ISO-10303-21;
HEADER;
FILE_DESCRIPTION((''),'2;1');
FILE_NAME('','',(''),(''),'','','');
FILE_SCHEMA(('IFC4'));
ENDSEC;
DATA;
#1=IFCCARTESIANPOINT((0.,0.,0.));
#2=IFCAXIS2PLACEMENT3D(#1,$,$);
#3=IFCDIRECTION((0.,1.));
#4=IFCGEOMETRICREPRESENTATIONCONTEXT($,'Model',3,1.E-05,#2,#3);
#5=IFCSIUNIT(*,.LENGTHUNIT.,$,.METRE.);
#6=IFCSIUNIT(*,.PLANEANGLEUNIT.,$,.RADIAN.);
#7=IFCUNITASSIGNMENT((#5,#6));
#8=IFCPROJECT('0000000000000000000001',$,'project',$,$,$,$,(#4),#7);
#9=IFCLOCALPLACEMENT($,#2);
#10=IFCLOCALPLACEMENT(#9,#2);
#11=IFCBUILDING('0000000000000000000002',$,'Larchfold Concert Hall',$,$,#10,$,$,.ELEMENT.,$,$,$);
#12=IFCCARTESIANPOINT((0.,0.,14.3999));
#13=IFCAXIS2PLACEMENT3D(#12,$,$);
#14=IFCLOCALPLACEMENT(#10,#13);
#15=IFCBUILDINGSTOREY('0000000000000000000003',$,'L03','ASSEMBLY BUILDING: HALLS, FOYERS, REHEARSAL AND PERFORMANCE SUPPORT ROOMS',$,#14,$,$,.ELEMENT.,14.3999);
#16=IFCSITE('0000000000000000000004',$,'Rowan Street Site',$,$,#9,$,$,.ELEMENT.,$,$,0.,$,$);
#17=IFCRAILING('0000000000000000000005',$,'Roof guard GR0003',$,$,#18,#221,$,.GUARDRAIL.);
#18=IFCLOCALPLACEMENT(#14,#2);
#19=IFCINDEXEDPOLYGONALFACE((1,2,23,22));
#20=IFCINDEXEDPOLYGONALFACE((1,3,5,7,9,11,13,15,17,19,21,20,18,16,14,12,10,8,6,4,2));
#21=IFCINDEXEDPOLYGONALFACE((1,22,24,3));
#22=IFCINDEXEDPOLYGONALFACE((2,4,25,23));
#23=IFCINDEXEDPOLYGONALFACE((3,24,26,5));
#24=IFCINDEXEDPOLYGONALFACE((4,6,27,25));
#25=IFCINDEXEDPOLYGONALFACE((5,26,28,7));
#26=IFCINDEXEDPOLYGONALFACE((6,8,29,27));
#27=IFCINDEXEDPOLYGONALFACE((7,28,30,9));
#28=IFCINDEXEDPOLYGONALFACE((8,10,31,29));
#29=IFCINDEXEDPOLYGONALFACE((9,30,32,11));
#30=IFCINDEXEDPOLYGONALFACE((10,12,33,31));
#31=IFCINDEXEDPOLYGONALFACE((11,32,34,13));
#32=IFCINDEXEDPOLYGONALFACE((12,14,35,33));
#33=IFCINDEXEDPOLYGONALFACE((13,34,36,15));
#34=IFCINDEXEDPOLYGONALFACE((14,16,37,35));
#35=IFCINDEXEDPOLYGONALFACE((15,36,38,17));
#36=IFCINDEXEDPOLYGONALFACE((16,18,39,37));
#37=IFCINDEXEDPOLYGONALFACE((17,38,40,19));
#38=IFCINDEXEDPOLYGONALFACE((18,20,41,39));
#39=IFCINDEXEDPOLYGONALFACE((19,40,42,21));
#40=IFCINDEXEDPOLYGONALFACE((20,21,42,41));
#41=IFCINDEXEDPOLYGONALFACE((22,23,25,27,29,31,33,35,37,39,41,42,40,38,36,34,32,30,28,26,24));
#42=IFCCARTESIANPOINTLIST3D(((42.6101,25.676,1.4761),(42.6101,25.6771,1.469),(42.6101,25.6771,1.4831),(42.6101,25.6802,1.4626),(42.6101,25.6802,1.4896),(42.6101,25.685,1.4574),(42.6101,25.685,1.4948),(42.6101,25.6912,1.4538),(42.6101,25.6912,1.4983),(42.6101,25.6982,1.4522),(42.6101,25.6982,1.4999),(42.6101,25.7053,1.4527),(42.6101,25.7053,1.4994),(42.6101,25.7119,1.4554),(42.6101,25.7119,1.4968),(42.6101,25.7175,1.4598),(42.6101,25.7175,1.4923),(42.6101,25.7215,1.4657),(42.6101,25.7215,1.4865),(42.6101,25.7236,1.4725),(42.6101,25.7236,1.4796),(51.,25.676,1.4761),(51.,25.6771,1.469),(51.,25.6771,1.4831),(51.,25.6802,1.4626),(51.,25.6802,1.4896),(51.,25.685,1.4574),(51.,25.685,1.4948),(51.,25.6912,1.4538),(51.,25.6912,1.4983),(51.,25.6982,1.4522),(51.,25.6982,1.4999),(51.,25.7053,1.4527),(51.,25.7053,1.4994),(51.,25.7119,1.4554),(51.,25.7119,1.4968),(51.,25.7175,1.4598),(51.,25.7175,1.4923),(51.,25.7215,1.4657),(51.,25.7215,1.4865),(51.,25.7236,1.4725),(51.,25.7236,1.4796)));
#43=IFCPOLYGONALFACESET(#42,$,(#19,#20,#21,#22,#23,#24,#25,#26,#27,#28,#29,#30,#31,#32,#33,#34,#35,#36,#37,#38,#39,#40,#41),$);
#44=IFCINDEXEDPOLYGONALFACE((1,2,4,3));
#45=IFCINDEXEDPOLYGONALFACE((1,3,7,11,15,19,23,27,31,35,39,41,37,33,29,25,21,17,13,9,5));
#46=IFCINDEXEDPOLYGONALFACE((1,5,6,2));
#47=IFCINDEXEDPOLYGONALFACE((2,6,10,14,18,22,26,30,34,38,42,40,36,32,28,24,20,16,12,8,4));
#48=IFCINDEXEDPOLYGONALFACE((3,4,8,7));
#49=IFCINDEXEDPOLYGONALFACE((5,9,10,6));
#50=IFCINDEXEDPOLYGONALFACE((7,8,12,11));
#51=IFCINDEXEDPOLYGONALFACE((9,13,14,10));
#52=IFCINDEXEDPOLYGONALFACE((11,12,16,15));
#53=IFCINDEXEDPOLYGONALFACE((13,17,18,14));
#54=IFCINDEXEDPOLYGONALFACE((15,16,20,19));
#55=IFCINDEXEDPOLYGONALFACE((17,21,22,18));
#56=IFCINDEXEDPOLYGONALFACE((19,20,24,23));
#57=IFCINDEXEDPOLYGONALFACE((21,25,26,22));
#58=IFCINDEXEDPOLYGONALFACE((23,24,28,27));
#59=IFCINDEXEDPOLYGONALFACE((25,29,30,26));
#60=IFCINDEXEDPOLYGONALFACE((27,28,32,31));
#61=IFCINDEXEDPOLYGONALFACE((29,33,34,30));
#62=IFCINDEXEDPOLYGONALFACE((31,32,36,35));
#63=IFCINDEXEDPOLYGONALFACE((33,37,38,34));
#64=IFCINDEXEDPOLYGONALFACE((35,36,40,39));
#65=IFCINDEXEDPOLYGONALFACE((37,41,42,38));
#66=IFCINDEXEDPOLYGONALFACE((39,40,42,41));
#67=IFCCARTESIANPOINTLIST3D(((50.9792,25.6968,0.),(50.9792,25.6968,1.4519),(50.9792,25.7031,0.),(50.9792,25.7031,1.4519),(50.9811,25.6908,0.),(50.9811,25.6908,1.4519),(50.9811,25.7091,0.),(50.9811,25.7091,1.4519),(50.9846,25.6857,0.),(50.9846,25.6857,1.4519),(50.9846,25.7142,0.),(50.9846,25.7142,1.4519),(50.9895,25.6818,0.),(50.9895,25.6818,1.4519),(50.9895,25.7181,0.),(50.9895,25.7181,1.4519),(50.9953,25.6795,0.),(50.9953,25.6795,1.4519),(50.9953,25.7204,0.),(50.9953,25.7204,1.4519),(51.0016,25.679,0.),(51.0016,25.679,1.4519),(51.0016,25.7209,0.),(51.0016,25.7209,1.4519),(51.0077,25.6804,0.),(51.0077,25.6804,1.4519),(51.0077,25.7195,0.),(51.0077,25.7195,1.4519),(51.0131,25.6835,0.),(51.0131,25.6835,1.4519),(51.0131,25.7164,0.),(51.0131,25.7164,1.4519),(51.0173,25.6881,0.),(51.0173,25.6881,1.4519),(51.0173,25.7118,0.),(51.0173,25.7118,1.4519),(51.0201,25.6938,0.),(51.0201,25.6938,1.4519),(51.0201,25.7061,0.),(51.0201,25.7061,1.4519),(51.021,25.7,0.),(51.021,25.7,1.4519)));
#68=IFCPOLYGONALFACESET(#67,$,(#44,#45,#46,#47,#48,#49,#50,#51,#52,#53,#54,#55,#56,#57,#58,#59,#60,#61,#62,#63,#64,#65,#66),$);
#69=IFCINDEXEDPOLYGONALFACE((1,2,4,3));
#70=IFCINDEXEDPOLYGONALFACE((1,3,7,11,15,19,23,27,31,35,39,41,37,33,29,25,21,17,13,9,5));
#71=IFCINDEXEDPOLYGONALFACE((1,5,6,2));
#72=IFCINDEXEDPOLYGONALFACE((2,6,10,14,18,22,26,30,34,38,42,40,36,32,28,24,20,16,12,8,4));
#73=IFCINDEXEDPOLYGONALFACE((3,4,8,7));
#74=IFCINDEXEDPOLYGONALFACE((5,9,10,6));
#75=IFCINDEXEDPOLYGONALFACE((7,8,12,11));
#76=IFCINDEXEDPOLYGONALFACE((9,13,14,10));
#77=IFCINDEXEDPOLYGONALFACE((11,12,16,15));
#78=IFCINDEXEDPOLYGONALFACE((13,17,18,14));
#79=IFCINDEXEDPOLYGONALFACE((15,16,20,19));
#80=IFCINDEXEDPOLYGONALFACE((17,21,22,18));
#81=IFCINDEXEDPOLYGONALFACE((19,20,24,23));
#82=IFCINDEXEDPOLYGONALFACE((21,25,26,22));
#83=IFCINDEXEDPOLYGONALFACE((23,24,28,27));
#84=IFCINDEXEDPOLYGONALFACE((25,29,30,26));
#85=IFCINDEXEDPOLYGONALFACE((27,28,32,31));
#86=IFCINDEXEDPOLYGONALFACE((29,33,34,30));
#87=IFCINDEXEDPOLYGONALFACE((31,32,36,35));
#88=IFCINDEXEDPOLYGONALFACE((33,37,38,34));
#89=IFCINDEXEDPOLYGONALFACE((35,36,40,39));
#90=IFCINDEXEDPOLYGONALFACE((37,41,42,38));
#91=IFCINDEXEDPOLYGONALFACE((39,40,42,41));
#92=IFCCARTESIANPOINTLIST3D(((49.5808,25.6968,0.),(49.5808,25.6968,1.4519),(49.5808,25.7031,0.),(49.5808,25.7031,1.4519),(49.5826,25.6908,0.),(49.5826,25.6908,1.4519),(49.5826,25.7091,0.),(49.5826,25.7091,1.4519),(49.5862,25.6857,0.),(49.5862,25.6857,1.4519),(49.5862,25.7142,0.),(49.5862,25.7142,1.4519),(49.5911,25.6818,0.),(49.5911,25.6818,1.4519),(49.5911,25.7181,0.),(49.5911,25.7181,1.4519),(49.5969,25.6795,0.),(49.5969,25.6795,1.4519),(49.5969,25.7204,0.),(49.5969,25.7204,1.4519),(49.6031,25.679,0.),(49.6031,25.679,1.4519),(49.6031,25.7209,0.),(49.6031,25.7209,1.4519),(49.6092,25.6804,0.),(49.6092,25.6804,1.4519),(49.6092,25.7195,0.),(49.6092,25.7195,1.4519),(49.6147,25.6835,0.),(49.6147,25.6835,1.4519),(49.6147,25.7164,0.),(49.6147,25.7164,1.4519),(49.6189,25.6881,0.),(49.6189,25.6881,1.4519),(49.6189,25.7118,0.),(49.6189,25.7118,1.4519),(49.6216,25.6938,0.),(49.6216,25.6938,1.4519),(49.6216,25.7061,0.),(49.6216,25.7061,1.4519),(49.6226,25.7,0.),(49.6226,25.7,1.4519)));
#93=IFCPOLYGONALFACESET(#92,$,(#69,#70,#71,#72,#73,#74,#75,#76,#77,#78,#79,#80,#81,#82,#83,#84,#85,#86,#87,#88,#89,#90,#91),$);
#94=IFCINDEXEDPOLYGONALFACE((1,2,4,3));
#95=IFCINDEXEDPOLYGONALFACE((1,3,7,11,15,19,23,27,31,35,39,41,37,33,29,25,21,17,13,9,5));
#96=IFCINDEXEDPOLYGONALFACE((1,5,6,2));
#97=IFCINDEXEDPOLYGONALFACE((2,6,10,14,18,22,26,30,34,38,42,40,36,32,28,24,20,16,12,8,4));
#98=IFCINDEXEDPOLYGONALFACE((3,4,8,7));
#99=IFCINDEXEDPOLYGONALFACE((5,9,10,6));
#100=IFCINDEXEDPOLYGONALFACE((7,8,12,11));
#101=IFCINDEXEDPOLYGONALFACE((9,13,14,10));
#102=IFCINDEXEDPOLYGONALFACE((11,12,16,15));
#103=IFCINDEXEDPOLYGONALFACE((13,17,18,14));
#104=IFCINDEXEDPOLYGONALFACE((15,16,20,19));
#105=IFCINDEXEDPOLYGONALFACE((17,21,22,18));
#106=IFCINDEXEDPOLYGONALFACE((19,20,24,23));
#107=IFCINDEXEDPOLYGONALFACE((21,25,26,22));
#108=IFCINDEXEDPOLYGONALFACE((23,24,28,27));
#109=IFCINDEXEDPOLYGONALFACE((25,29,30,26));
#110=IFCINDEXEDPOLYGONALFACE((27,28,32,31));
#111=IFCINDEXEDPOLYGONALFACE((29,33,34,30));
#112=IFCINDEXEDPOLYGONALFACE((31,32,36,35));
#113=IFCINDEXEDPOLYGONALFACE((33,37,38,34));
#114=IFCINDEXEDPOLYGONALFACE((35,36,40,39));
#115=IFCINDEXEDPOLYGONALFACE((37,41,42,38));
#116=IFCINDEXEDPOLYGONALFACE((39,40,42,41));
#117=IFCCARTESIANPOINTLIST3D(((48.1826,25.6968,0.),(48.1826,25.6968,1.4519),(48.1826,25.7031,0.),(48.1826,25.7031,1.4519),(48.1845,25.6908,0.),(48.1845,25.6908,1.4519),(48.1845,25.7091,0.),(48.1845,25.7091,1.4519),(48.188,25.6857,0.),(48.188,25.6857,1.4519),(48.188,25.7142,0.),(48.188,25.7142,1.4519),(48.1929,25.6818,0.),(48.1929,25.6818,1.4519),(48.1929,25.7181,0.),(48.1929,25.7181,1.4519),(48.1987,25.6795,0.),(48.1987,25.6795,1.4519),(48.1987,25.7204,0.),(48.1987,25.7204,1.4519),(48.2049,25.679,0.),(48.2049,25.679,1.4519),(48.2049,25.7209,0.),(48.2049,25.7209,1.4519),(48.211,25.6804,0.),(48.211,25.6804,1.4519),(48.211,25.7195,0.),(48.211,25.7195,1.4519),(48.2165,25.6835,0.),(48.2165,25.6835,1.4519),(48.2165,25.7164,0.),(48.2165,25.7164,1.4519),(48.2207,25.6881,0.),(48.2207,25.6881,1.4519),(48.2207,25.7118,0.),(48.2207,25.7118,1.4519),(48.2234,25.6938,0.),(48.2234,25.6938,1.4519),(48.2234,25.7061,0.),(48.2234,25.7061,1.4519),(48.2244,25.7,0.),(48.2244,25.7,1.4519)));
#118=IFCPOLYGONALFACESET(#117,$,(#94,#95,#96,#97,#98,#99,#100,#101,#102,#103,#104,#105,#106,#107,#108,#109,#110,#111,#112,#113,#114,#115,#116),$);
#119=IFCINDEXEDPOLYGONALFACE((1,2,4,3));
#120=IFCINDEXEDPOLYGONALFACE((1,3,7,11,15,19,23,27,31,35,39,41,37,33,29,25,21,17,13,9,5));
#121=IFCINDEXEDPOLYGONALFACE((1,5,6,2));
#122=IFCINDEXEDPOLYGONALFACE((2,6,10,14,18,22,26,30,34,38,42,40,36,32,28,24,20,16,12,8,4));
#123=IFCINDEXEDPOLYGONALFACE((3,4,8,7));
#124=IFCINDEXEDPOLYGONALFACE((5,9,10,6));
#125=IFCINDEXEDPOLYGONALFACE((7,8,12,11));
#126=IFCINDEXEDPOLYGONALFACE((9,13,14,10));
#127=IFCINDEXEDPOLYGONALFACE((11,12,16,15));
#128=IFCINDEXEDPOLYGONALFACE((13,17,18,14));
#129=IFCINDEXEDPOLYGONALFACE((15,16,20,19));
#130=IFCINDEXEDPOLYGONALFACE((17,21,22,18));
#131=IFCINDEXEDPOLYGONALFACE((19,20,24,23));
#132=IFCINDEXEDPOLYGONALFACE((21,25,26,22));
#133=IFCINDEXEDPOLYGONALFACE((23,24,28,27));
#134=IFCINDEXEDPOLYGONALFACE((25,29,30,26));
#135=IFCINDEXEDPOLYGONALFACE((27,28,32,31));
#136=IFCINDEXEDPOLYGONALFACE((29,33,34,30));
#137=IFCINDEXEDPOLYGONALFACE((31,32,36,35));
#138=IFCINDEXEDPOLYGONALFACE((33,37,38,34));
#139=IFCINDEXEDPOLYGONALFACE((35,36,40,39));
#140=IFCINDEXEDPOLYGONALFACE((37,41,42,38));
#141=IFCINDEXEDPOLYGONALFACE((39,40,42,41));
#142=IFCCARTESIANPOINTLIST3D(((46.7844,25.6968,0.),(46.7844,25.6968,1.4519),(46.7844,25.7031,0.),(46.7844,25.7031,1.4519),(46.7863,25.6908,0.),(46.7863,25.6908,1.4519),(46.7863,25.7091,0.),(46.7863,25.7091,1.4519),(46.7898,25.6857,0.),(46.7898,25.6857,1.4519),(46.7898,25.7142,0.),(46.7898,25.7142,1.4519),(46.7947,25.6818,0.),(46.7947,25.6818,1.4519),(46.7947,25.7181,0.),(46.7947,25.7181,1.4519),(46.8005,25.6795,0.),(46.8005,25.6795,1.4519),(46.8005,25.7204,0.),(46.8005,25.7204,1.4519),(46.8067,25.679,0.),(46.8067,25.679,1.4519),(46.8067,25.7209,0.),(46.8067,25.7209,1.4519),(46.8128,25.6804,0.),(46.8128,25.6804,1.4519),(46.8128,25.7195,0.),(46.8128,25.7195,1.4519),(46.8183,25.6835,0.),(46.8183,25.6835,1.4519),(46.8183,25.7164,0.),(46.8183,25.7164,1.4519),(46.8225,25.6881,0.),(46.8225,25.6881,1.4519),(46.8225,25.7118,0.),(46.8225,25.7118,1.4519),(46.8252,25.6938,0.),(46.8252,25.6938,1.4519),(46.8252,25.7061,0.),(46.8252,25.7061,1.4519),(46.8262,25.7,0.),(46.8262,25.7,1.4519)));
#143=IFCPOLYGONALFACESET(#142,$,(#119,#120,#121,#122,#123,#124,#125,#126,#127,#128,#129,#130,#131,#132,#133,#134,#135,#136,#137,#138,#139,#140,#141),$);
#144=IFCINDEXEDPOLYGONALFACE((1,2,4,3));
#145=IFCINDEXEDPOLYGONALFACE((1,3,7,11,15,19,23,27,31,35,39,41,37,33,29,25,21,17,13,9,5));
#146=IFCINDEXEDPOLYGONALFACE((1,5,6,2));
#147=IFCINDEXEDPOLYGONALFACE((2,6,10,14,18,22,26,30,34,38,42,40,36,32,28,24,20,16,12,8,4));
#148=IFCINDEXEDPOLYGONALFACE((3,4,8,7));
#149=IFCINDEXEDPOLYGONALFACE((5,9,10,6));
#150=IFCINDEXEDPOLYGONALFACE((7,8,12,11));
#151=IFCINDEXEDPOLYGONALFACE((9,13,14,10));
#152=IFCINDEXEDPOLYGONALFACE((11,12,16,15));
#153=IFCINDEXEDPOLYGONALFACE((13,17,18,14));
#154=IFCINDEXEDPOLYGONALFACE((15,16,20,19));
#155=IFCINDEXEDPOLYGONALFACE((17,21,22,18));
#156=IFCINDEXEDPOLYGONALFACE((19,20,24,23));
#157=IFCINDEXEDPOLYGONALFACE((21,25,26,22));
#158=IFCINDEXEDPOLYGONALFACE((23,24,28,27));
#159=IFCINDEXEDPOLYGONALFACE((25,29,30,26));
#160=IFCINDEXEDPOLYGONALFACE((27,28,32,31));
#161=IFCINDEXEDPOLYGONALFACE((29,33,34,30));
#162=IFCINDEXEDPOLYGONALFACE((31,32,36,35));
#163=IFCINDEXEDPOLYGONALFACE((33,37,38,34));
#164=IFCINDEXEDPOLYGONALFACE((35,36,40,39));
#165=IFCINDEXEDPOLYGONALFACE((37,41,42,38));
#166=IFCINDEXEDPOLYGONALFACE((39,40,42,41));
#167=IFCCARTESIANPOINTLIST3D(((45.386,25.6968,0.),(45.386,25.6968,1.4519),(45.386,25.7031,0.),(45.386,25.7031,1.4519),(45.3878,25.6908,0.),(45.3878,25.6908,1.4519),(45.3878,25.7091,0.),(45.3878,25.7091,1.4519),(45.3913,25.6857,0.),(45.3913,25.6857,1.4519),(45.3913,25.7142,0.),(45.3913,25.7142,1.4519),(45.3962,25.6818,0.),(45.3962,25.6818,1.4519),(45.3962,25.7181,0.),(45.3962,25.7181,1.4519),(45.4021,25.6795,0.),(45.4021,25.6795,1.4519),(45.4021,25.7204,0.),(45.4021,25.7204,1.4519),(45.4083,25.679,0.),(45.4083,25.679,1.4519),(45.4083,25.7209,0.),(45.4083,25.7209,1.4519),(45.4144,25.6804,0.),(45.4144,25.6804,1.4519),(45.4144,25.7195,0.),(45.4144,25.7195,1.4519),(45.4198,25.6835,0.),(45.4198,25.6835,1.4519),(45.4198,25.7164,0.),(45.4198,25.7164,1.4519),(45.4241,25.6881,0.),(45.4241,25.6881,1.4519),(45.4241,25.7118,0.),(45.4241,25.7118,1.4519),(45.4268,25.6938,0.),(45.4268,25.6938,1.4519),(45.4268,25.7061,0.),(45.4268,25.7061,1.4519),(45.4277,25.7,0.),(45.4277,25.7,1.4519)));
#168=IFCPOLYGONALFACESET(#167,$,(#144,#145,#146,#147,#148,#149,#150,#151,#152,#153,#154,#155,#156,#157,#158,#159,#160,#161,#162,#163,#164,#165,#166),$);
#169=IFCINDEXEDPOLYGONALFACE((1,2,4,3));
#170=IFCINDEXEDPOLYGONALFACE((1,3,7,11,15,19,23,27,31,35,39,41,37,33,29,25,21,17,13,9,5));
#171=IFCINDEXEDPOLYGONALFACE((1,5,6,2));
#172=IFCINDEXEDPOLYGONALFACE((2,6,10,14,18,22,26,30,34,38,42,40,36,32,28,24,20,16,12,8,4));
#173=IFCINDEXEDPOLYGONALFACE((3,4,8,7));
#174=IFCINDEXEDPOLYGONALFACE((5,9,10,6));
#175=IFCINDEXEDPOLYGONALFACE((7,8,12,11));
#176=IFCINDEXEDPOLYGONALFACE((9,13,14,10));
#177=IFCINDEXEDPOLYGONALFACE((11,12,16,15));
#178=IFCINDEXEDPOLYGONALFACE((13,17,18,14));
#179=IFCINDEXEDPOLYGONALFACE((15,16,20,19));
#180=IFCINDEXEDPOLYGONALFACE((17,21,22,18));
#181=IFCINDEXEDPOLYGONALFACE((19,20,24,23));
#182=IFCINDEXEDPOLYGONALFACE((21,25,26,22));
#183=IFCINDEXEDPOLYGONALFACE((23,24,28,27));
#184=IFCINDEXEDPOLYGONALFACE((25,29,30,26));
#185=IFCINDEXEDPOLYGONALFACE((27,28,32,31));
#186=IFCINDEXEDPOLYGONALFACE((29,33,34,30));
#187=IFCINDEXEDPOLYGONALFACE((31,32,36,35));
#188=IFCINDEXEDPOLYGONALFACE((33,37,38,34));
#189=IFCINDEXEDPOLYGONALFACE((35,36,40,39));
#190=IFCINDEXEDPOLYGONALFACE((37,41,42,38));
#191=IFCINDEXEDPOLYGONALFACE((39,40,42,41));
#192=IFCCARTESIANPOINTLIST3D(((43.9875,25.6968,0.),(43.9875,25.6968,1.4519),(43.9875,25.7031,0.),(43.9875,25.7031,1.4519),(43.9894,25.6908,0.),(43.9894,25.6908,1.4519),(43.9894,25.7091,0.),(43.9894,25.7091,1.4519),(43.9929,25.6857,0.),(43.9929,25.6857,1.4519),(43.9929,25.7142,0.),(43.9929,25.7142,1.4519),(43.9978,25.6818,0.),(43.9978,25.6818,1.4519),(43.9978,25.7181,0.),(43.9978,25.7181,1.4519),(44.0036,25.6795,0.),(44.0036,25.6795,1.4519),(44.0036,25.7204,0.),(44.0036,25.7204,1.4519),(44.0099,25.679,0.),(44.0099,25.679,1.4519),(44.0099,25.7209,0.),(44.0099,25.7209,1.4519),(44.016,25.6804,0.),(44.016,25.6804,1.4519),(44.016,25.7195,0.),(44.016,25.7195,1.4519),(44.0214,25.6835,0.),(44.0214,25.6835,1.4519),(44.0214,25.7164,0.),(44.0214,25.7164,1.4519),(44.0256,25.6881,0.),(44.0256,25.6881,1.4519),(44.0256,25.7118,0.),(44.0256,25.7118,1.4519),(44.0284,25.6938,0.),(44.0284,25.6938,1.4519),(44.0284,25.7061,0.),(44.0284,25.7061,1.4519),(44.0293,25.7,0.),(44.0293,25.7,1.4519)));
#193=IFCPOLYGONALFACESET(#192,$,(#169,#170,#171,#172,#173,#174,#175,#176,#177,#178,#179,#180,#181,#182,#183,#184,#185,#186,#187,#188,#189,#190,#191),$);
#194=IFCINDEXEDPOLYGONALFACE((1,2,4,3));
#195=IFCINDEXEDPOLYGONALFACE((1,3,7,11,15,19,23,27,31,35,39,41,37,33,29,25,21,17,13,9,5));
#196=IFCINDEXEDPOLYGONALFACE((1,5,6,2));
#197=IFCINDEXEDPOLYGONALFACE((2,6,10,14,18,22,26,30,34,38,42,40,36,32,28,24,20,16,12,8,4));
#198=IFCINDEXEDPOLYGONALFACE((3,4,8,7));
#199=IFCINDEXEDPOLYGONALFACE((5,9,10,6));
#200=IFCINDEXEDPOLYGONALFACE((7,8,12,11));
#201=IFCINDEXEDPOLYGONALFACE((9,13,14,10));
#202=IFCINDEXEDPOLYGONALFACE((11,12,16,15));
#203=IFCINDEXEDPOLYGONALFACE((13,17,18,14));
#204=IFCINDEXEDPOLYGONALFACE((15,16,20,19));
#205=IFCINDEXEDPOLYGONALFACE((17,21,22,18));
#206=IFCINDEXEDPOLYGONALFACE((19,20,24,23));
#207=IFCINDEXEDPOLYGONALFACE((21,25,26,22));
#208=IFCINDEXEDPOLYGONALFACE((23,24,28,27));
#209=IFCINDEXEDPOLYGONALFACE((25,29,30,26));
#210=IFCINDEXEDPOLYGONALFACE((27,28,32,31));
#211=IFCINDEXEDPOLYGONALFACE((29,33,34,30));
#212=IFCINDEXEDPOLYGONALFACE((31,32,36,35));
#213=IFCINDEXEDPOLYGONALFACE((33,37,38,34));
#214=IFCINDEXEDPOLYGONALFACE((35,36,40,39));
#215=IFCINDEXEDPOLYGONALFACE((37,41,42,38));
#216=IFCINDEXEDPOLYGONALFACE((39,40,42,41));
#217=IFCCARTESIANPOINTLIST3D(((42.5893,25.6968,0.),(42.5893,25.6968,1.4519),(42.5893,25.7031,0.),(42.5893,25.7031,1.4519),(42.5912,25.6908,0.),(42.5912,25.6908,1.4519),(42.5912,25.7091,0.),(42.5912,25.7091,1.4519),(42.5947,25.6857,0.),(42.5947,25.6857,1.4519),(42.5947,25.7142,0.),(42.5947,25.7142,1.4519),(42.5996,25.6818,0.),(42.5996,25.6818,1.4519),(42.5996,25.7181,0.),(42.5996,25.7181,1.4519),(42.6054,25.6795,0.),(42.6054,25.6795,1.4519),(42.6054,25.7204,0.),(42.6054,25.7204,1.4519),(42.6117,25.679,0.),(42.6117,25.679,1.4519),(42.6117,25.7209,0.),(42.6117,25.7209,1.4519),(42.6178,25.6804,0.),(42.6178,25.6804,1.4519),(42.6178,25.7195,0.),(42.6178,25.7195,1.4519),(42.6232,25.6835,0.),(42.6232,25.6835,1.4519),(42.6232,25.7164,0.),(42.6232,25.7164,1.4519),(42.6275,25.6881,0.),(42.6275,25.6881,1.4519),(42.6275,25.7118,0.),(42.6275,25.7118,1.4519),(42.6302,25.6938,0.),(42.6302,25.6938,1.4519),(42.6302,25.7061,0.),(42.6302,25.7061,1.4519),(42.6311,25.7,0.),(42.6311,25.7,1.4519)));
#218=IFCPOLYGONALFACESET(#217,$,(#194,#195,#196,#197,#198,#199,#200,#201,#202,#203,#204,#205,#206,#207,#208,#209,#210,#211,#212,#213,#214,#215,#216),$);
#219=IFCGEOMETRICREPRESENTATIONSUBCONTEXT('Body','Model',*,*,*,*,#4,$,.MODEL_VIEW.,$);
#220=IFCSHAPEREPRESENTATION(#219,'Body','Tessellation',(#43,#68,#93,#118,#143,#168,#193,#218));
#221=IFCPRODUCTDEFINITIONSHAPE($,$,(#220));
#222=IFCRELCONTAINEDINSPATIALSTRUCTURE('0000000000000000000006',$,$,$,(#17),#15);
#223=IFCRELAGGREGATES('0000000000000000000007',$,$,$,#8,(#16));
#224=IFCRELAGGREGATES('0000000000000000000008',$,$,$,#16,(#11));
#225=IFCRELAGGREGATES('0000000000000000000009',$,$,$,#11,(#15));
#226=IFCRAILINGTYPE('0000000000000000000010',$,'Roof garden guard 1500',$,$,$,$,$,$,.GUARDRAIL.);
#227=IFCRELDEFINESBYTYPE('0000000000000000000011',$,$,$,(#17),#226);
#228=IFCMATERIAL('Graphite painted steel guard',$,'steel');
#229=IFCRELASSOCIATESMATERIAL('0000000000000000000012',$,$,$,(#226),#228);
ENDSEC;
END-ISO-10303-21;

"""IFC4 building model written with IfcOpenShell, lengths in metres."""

from ifc_helpers import new_model, si_unit, direction, frame, origin, origin_2d, place, context, subcontext, project, spatial, circle, extrude, material, type_object, element, save


model = new_model("IFC4")

# Units and contexts
model_context = context("Model", 3, precision=1e-05, world=origin(), true_north=direction((0.0, 1.0)))
body_context = subcontext(model_context, "Body", "Model", "MODEL_VIEW")
ifc_project = project(units=[si_unit("LENGTHUNIT", "METRE"), si_unit("PLANEANGLEUNIT", "RADIAN")], contexts=[model_context])

# Site, building, storey
site_placement = place(None, origin())
site = spatial("IfcSite", under=ifc_project, at=site_placement, Name="Rowan Street Site", CompositionType="ELEMENT", RefElevation=0.0)
building_placement = place(site_placement, origin())
building = spatial("IfcBuilding", under=site, at=building_placement, Name="Larchfold Concert Hall", CompositionType="ELEMENT")
storey_placement = place(building_placement, frame((0.0, 0.0, 14.3999)))
storey = spatial("IfcBuildingStorey", under=building, at=storey_placement, Name="L03", Description="ASSEMBLY BUILDING: HALLS, FOYERS, REHEARSAL AND PERFORMANCE SUPPORT ROOMS", CompositionType="ELEMENT", Elevation=14.3999)

# Railing
ifc_material_1 = material(Name="Graphite painted steel guard", Category="steel")
railing_type = type_object("IfcRailingType", Name="Roof garden guard 1500", PredefinedType="GUARDRAIL", material=ifc_material_1)
railing_placement = place(storey_placement, frame((51.0, 25.7, 0.0)))
element("IfcRailing", 1, at=railing_placement, inside=storey, type_object=railing_type, Name="Roof guard GR0003", PredefinedType="GUARDRAIL", context=body_context, shape_type="SweptSolid", body=[
    extrude(circle(Radius=0.0239, at=origin_2d()), frame((0.0, 0.0, 1.4761), z_axis=(-1.0, 0.0, 0.0), x_axis=(0.0, -1.0, 0.0)), (0.0, 0.0, 1.0), 8.3899),
    extrude(circle(Radius=0.021, at=origin_2d()), origin(), (0.0, 0.0, 1.0), 1.4519),
    extrude(circle(Radius=0.021, at=origin_2d()), frame((-1.3984, 0.0, 0.0)), (0.0, 0.0, 1.0), 1.4519),
    extrude(circle(Radius=0.021, at=origin_2d()), frame((-2.7966, 0.0, 0.0)), (0.0, 0.0, 1.0), 1.4519),
    extrude(circle(Radius=0.021, at=origin_2d()), frame((-4.1948, 0.0, 0.0)), (0.0, 0.0, 1.0), 1.4519),
    extrude(circle(Radius=0.021, at=origin_2d()), frame((-5.5933, 0.0, 0.0)), (0.0, 0.0, 1.0), 1.4519),
    extrude(circle(Radius=0.021, at=origin_2d()), frame((-6.9917, 0.0, 0.0)), (0.0, 0.0, 1.0), 1.4519),
    extrude(circle(Radius=0.021, at=origin_2d()), frame((-8.3899, 0.0, 0.0)), (0.0, 0.0, 1.0), 1.4519),
])

save(model, "model.ifc")
